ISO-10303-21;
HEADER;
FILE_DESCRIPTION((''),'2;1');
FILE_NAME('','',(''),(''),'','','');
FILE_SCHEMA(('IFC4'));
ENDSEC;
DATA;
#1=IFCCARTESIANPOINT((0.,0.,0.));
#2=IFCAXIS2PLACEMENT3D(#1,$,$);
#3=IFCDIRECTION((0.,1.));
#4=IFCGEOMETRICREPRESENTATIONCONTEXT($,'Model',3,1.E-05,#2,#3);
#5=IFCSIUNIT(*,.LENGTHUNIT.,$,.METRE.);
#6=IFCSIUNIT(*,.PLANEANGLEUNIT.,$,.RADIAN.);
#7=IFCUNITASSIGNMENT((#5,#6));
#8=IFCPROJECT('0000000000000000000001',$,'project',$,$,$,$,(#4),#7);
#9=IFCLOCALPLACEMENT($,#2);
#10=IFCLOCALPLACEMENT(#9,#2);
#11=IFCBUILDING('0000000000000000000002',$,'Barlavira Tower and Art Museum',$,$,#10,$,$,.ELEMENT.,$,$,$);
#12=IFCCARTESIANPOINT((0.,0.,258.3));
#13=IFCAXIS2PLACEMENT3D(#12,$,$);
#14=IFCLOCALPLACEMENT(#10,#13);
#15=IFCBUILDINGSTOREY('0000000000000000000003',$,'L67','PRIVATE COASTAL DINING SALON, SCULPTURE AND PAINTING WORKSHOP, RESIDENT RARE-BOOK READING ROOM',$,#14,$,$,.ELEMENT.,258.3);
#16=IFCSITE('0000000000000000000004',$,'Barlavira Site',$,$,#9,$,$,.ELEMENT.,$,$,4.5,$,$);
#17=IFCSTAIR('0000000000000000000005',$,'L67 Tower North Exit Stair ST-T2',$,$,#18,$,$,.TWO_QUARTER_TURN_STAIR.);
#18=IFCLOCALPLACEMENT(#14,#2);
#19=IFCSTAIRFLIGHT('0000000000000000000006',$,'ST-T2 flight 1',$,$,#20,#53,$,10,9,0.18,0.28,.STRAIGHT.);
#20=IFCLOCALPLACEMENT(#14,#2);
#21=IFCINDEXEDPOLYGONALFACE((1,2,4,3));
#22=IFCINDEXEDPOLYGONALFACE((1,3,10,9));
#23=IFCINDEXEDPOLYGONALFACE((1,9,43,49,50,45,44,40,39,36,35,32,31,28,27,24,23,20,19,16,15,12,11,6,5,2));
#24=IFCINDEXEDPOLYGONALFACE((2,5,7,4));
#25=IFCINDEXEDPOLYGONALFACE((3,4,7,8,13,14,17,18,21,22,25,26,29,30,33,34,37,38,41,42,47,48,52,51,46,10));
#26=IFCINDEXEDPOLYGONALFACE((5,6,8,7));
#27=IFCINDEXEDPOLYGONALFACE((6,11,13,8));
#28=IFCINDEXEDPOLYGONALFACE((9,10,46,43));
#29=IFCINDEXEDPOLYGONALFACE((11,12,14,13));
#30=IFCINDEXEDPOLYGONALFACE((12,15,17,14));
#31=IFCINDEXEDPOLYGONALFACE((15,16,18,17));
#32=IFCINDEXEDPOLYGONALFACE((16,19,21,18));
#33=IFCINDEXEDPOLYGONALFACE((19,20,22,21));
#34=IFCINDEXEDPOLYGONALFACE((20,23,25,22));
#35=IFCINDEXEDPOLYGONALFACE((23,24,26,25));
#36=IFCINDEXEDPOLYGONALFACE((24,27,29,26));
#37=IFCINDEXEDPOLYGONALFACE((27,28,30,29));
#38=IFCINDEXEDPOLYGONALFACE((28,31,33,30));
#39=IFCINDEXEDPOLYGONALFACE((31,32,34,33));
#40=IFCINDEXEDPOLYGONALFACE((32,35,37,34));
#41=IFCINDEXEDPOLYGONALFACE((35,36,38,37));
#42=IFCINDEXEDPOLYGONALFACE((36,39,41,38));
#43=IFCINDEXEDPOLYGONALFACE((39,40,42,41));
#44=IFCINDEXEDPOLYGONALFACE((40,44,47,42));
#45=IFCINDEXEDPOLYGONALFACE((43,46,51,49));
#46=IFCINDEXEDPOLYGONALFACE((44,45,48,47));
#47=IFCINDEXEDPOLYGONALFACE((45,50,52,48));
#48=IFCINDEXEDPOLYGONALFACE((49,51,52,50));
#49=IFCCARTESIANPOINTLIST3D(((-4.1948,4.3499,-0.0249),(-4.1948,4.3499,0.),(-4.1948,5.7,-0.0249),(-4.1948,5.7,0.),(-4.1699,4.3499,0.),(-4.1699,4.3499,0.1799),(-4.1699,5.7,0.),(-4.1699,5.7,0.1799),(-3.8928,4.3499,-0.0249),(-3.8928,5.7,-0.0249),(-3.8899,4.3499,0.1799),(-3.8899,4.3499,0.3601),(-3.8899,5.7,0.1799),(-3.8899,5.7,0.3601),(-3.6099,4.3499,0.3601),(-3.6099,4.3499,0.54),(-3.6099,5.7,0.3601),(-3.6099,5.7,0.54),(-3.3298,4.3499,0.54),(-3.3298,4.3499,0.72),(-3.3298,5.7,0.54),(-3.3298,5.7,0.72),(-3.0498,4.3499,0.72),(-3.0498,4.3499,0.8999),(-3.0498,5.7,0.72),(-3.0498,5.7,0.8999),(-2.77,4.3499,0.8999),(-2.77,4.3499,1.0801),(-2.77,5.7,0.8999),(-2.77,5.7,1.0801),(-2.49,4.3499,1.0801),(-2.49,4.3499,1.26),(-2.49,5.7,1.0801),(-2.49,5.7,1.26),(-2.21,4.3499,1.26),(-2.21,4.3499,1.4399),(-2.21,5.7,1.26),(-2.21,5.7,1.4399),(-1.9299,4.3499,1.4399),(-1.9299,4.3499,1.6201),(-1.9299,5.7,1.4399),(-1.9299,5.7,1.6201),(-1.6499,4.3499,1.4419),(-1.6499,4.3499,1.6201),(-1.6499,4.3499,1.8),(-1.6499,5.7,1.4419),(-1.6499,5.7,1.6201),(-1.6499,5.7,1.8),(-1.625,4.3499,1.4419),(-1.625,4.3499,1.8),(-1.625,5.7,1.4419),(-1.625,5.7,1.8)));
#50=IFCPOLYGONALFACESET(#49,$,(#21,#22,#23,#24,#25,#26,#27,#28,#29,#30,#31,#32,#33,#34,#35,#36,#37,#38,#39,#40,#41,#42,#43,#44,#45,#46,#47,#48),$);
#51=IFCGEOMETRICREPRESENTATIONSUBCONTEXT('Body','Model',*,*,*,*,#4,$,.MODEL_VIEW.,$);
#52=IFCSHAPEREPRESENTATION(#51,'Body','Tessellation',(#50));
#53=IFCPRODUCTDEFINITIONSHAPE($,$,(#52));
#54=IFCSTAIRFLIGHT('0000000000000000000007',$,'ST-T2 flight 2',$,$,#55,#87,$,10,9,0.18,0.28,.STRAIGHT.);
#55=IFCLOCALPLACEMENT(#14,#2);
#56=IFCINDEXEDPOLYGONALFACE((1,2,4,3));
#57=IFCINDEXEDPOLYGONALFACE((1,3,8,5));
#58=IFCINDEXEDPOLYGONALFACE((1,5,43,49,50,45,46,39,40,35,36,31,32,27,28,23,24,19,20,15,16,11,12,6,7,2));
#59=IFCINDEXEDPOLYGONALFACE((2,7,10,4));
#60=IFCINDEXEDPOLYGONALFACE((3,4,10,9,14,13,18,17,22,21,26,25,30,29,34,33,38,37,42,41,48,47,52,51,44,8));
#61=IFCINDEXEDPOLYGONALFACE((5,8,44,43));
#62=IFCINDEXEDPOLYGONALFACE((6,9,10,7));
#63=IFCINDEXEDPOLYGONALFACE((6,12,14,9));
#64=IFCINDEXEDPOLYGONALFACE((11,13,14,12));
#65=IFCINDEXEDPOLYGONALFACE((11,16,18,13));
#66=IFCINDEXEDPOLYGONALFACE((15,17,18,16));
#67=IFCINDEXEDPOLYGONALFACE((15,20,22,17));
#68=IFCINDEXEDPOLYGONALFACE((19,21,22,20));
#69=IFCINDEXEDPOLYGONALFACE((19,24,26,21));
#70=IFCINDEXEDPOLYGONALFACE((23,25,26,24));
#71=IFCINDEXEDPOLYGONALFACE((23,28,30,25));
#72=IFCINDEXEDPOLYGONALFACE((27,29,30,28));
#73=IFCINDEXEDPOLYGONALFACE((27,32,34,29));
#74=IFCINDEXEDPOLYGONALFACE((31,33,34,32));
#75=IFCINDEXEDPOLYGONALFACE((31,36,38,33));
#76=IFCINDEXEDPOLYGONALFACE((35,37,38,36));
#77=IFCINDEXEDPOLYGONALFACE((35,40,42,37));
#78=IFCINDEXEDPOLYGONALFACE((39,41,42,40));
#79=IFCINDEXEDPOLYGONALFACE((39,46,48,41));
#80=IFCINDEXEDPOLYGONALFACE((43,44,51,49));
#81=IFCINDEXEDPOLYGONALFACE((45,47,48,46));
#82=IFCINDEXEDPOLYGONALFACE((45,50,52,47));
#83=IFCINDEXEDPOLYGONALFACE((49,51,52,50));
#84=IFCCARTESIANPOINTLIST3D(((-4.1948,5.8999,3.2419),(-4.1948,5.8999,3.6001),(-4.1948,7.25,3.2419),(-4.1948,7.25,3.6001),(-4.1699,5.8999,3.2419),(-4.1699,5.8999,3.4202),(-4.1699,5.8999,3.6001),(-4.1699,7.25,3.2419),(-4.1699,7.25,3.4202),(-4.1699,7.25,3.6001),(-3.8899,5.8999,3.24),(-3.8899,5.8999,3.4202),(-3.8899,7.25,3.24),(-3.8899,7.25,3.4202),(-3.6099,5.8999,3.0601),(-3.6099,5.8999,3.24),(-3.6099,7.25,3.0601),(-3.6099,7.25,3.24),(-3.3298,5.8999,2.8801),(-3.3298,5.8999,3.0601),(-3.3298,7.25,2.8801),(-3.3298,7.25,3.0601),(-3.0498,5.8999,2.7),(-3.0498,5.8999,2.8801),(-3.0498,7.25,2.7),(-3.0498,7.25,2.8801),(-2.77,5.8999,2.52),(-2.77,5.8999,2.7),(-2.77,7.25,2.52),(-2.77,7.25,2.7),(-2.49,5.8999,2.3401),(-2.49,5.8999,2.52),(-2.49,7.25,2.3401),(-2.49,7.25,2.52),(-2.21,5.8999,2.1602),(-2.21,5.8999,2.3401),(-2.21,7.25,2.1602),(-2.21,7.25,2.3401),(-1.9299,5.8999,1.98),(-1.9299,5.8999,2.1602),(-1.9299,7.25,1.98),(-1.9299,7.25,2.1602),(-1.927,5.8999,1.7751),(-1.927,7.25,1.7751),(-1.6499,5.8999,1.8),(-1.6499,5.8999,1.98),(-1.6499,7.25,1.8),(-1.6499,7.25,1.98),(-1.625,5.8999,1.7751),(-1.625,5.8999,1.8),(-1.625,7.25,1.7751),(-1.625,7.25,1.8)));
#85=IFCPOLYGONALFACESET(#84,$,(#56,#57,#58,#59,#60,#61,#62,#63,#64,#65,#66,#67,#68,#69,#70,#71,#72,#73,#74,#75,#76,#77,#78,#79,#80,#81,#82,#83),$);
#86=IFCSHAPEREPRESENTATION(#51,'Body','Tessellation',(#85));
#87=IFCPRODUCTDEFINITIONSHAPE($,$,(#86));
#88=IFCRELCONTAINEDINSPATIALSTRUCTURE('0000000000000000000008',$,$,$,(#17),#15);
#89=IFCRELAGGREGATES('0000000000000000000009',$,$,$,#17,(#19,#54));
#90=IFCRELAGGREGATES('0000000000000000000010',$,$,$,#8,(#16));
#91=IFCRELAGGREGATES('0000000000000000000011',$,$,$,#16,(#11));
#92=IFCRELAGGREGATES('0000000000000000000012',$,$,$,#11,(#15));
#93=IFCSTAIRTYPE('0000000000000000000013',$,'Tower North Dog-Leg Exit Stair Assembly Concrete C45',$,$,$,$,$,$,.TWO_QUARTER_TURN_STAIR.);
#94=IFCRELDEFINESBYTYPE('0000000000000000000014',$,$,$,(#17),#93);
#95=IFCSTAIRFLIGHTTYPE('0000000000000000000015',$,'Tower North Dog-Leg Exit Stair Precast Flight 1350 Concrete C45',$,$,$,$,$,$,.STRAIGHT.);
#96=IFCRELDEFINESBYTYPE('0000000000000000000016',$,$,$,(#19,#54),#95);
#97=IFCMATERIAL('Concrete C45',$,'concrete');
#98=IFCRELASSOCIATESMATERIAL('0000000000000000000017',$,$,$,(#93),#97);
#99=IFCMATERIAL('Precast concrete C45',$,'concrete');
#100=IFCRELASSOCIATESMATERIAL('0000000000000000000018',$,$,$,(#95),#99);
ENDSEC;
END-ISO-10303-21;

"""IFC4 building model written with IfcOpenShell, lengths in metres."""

from ifc_helpers import new_model, si_unit, direction, frame, origin, place, context, subcontext, project, spatial, polyline, outline, extrude, material, type_object, element, aggregate, save


model = new_model("IFC4")

# Units and contexts
model_context = context("Model", 3, precision=1e-05, world=origin(), true_north=direction((0.0, 1.0)))
body_context = subcontext(model_context, "Body", "Model", "MODEL_VIEW")
ifc_project = project(units=[si_unit("LENGTHUNIT", "METRE"), si_unit("PLANEANGLEUNIT", "RADIAN")], contexts=[model_context])

# Site, building, storey
site_placement = place(None, origin())
site = spatial("IfcSite", under=ifc_project, at=site_placement, Name="Barlavira Site", CompositionType="ELEMENT", RefElevation=4.5)
building_placement = place(site_placement, origin())
building = spatial("IfcBuilding", under=site, at=building_placement, Name="Barlavira Tower and Art Museum", CompositionType="ELEMENT")
storey_placement = place(building_placement, frame((0.0, 0.0, 258.3)))
storey = spatial("IfcBuildingStorey", under=building, at=storey_placement, Name="L67", Description="PRIVATE COASTAL DINING SALON, SCULPTURE AND PAINTING WORKSHOP, RESIDENT RARE-BOOK READING ROOM", CompositionType="ELEMENT", Elevation=258.3)

# Stair, stair flights
ifc_material_1 = material(Name="Concrete C45", Category="concrete")
stair_type = type_object("IfcStairType", Name="Tower North Dog-Leg Exit Stair Assembly Concrete C45", PredefinedType="TWO_QUARTER_TURN_STAIR", material=ifc_material_1)
stair_placement = place(storey_placement, origin())
stair = element("IfcStair", 1, at=stair_placement, inside=storey, type_object=stair_type, Name="L67 Tower North Exit Stair ST-T2", PredefinedType="TWO_QUARTER_TURN_STAIR")
ifc_material_2 = material(Name="Precast concrete C45", Category="concrete")
stair_flight_type = type_object("IfcStairFlightType", Name="Tower North Dog-Leg Exit Stair Precast Flight 1350 Concrete C45", PredefinedType="STRAIGHT", material=ifc_material_2)
stair_flight_1_placement = place(storey_placement, frame((-4.1699, 5.0249, 0.0), z_axis=(0.0, 0.0, 1.0), x_axis=(1.0, 0.0, 0.0)))
stair_flight_1 = element("IfcStairFlight", 2, at=stair_flight_1_placement, type_object=stair_flight_type, Name="ST-T2 flight 1", NumberOfRisers=10, NumberOfTreads=9, PredefinedType="STRAIGHT", RiserHeight=0.18, TreadLength=0.28, context=body_context, shape_type="SweptSolid", body=[
    extrude(outline(polyline([(-0.0249, 0.0), (0.0, 0.0), (0.0, 0.1799), (0.28, 0.1799), (0.28, 0.3601), (0.5601, 0.3601), (0.5601, 0.54), (0.8401, 0.54), (0.8401, 0.72), (1.1201, 0.72), (1.1201, 0.8999), (1.3999, 0.8999), (1.3999, 1.0801), (1.6799, 1.0801), (1.6799, 1.26), (1.96, 1.26), (1.96, 1.4399), (2.24, 1.4399), (2.24, 1.6201), (2.52, 1.6201), (2.52, 1.8), (2.5449, 1.8), (2.5449, 1.4419), (2.52, 1.4419), (0.2771, -0.0249), (-0.0249, -0.0249), (-0.0249, 0.0)])), frame((0.0, 0.675, 0.0), z_axis=(0.0, -1.0, 0.0), x_axis=(1.0, 0.0, 0.0)), (0.0, 0.0, 1.0), 1.3501),
])
stair_flight_2_placement = place(storey_placement, frame((-1.6499, 6.575, 1.8), z_axis=(0.0, 0.0, 1.0), x_axis=(-1.0, 0.0, 0.0)))
stair_flight_2 = element("IfcStairFlight", 3, at=stair_flight_2_placement, type_object=stair_flight_type, Name="ST-T2 flight 2", NumberOfRisers=10, NumberOfTreads=9, PredefinedType="STRAIGHT", RiserHeight=0.18, TreadLength=0.28, context=body_context, shape_type="SweptSolid", body=[
    extrude(outline(polyline([(-0.0249, 0.0), (0.0, 0.0), (0.0, 0.1799), (0.28, 0.1799), (0.28, 0.3601), (0.5601, 0.3601), (0.5601, 0.54), (0.8401, 0.54), (0.8401, 0.72), (1.1201, 0.72), (1.1201, 0.8999), (1.3999, 0.8999), (1.3999, 1.0801), (1.6799, 1.0801), (1.6799, 1.26), (1.96, 1.26), (1.96, 1.4399), (2.24, 1.4399), (2.24, 1.6201), (2.52, 1.6201), (2.52, 1.8), (2.5449, 1.8), (2.5449, 1.4419), (2.52, 1.4419), (0.2771, -0.0249), (-0.0249, -0.0249), (-0.0249, 0.0)])), frame((0.0, 0.675, 0.0), z_axis=(0.0, -1.0, 0.0), x_axis=(1.0, 0.0, 0.0)), (0.0, 0.0, 1.0), 1.3501),
])
aggregate(stair, [stair_flight_1, stair_flight_2])

save(model, "model.ifc")
